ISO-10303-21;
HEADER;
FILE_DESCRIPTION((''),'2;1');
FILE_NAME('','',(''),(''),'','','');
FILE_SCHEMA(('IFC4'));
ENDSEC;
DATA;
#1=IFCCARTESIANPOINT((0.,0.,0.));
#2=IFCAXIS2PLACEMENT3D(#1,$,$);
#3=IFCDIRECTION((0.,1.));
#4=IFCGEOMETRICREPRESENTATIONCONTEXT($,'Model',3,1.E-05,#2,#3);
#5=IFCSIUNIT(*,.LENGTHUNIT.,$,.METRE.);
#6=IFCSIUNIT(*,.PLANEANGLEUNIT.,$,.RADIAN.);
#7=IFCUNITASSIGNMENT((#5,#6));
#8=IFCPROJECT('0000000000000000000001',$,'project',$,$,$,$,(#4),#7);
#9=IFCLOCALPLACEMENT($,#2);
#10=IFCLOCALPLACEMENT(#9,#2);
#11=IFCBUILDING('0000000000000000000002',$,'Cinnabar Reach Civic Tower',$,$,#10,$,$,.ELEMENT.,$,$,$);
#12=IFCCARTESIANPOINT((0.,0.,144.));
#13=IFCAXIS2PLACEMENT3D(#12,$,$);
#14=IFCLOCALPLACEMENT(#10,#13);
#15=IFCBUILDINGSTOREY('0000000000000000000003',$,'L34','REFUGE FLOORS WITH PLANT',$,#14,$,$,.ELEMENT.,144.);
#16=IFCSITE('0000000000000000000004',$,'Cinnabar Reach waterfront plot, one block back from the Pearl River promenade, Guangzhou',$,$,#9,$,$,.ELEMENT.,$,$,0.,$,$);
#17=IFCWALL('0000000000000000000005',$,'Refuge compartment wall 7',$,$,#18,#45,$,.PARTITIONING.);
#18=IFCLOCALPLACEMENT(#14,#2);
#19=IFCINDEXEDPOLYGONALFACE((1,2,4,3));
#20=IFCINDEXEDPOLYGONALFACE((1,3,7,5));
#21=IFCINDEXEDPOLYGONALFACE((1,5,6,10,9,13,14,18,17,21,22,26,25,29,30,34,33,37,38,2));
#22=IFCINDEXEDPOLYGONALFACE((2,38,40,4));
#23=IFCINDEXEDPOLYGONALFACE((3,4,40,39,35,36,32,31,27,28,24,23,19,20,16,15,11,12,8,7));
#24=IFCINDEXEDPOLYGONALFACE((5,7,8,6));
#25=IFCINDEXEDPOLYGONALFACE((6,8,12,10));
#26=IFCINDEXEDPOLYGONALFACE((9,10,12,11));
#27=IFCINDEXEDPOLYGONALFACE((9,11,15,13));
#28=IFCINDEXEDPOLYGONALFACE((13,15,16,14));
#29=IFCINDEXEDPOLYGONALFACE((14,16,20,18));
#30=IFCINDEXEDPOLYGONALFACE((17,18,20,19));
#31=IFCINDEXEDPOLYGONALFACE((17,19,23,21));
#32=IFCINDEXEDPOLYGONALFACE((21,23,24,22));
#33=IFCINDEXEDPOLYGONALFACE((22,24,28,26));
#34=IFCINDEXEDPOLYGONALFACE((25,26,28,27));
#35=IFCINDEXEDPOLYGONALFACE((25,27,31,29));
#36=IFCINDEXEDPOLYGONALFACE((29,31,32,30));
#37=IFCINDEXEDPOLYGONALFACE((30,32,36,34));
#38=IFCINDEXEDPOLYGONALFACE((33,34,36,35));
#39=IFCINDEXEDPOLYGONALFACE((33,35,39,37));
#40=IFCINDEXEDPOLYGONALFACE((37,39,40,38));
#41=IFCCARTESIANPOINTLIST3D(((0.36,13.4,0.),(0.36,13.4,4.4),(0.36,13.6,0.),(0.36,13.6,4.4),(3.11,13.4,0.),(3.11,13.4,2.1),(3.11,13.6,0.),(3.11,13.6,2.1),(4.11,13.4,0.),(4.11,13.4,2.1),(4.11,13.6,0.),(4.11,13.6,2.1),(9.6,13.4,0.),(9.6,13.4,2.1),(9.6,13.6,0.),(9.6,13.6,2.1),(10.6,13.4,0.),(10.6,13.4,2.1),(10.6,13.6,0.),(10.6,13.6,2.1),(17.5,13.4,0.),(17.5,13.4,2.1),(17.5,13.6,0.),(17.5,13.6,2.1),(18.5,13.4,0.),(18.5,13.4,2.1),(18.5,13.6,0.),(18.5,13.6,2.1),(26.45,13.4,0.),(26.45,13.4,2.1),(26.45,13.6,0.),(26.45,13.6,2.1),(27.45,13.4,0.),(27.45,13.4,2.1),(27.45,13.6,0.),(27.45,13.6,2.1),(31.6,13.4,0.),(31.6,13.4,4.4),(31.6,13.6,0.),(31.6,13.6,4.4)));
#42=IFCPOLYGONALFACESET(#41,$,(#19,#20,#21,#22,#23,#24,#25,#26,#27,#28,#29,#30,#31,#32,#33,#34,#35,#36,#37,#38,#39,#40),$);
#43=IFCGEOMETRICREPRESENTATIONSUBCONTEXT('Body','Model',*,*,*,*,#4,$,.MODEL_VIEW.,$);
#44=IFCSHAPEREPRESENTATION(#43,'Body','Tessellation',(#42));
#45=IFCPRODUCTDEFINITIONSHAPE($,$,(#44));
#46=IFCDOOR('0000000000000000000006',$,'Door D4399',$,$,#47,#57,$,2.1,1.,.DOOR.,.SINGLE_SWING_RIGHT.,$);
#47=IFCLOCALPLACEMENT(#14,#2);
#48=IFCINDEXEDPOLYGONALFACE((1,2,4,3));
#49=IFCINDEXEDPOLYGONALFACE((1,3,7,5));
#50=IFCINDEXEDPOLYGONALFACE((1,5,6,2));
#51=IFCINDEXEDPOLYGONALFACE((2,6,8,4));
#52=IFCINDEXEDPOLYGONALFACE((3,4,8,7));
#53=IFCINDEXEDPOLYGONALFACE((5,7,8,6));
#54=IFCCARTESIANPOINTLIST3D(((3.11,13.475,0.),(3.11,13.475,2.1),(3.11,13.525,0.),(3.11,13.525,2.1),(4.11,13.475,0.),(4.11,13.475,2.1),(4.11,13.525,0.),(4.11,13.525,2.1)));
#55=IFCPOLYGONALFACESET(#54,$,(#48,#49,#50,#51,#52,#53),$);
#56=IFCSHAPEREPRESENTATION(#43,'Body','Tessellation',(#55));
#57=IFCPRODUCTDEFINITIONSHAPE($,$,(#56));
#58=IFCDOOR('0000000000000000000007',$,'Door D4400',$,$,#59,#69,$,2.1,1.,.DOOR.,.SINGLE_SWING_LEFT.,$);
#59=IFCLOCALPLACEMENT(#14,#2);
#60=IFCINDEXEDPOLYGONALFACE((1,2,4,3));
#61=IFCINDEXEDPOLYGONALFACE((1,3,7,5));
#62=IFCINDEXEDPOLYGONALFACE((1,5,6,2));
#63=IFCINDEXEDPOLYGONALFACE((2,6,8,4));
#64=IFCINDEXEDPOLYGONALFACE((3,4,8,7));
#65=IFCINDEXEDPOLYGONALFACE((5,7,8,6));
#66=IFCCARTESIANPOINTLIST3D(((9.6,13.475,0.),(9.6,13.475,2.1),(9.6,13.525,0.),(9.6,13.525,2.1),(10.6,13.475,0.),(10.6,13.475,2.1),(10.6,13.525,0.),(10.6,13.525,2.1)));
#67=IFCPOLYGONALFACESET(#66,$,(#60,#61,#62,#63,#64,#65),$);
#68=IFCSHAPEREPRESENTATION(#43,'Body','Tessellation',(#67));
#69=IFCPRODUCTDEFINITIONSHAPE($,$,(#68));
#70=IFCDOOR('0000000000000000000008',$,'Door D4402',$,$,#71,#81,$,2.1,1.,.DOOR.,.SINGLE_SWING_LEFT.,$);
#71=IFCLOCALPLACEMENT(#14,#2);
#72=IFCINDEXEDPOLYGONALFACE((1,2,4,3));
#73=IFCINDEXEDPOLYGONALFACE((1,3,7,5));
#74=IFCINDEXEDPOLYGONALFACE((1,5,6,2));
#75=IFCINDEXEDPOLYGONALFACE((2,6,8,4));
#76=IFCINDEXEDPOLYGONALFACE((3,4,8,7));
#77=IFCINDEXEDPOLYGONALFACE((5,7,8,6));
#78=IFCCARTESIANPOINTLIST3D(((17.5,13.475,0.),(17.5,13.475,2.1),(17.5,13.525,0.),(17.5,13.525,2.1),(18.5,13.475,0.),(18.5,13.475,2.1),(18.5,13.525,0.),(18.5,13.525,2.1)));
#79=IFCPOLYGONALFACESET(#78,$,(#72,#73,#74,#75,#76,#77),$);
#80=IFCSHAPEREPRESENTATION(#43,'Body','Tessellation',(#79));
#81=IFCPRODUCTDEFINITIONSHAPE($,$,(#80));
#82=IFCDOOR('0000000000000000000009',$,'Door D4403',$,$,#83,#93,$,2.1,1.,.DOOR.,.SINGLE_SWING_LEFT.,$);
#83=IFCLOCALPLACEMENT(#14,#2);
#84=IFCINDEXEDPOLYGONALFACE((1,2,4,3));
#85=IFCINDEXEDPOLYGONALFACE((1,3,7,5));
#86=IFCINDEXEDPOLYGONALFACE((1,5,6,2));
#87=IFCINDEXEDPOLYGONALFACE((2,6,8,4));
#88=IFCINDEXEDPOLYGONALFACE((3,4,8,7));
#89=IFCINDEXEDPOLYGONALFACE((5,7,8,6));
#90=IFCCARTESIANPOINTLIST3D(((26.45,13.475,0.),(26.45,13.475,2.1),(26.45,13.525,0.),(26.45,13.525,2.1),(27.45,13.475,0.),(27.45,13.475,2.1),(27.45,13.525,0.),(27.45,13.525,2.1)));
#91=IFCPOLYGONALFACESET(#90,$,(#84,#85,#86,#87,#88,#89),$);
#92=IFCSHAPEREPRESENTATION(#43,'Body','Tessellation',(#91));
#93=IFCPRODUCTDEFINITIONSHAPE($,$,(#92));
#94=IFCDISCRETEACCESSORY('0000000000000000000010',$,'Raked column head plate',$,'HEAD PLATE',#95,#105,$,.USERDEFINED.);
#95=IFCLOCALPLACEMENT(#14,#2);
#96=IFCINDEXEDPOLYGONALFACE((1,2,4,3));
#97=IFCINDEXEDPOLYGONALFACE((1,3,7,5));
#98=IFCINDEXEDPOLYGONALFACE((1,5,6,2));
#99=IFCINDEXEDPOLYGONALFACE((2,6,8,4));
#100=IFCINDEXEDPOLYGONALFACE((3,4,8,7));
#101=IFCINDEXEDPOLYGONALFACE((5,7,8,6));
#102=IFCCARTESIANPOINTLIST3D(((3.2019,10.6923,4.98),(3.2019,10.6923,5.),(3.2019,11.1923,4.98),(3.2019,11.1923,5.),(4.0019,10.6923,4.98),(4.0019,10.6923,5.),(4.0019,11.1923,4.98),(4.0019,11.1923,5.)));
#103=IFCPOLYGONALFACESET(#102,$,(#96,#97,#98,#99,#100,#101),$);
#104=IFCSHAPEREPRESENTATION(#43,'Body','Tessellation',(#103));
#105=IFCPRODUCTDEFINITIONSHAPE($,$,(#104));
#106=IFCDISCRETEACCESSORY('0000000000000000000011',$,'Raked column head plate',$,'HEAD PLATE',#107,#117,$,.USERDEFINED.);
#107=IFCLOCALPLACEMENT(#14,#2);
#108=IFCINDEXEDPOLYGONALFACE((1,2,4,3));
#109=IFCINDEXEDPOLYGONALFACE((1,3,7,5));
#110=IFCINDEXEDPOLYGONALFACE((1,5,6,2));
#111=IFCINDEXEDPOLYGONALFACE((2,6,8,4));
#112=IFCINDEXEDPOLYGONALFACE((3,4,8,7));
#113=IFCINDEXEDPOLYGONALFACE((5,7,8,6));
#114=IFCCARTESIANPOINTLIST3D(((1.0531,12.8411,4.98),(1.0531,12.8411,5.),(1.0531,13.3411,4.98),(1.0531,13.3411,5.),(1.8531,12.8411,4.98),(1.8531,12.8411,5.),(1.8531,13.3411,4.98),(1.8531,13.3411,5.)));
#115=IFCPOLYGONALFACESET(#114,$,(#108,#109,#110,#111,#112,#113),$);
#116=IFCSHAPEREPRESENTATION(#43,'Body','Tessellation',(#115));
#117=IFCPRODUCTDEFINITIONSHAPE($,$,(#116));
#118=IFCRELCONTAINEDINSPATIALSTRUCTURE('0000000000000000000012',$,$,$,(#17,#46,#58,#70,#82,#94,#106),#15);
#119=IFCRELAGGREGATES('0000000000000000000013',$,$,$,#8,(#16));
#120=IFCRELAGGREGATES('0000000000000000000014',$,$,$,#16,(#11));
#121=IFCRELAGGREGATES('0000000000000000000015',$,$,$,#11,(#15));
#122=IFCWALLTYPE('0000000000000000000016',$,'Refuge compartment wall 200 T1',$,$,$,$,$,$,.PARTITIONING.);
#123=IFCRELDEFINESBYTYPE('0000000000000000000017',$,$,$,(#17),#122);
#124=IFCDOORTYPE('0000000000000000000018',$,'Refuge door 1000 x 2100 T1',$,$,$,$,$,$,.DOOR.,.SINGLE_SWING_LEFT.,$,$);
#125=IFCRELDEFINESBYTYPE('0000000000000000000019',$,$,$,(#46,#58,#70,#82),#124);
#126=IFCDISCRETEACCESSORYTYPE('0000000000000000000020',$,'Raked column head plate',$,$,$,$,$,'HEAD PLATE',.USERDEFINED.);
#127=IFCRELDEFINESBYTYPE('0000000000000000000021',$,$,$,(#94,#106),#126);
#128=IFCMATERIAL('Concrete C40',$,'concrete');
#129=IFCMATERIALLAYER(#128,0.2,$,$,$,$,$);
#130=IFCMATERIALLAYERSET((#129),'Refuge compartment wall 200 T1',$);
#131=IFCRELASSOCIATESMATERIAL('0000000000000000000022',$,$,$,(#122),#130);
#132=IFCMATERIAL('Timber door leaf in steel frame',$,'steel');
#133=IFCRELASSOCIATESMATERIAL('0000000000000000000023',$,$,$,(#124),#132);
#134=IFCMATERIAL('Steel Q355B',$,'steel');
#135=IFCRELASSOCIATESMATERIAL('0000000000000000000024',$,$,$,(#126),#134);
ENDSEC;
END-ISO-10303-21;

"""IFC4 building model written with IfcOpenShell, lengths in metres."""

from ifc_helpers import new_model, si_unit, direction, frame, frame_2d, origin, origin_2d, place, context, subcontext, project, spatial, rectangle, extrude, material, layer, layer_set, type_object, element, fill, save


model = new_model("IFC4")

# Units and contexts
model_context = context("Model", 3, precision=1e-05, world=origin(), true_north=direction((0.0, 1.0)))
body_context = subcontext(model_context, "Body", "Model", "MODEL_VIEW")
ifc_project = project(units=[si_unit("LENGTHUNIT", "METRE"), si_unit("PLANEANGLEUNIT", "RADIAN")], contexts=[model_context])

# Site, building, storey
site_placement = place(None, origin())
site = spatial("IfcSite", under=ifc_project, at=site_placement, Name="Cinnabar Reach waterfront plot, one block back from the Pearl River promenade, Guangzhou", CompositionType="ELEMENT", RefElevation=0.0)
building_placement = place(site_placement, origin())
building = spatial("IfcBuilding", under=site, at=building_placement, Name="Cinnabar Reach Civic Tower", CompositionType="ELEMENT")
storey_placement = place(building_placement, frame((0.0, 0.0, 144.0)))
storey = spatial("IfcBuildingStorey", under=building, at=storey_placement, Name="L34", Description="REFUGE FLOORS WITH PLANT", CompositionType="ELEMENT", Elevation=144.0)

# Shared definitions
ifc_material_1 = material(Name="Steel Q355B", Category="steel")

# Shared definitions
ifc_material_2 = material(Name="Concrete C40", Category="concrete")
ifc_layer_1 = layer(ifc_material_2, 0.2)
ifc_layer_set_1 = layer_set([ifc_layer_1], Name="Refuge compartment wall 200 T1")
wall_type_1 = type_object("IfcWallType", Name="Refuge compartment wall 200 T1", PredefinedType="PARTITIONING", material=ifc_layer_set_1)
ifc_material_3 = material(Name="Timber door leaf in steel frame", Category="steel")
door_type = type_object("IfcDoorType", Name="Refuge door 1000 x 2100 T1", OperationType="SINGLE_SWING_LEFT", PredefinedType="DOOR", material=ifc_material_3)

# Wall, openings, doors
wall_1_placement = place(storey_placement, frame((0.36, 13.5, 0.0), z_axis=(0.0, 0.0, 1.0), x_axis=(1.0, 0.0, 0.0)))
wall_1 = element("IfcWall", 1, at=wall_1_placement, inside=storey, type_object=wall_type_1, Name="Refuge compartment wall 7", PredefinedType="PARTITIONING", context=body_context, shape_type="SweptSolid", body=[
    extrude(rectangle(XDim=31.24, YDim=0.2, at=frame_2d((15.62, 0.0))), origin(), (0.0, 0.0, 1.0), 4.4),
])
opening_1_placement = place(wall_1_placement, frame((2.75, 0.0, 0.0)))
opening_1 = element("IfcOpeningElement", 2, at=opening_1_placement, cuts=wall_1, PredefinedType="OPENING", context=body_context, shape_type="SweptSolid", body=[
    extrude(rectangle(XDim=1.0, YDim=2.1, at=frame_2d((0.5, 1.05))), frame((0.0, 0.11, 0.0), z_axis=(0.0, -1.0, 0.0), x_axis=(1.0, 0.0, 0.0)), (0.0, 0.0, 1.0), 0.22),
])
opening_2_placement = place(wall_1_placement, frame((9.24, 0.0, 0.0)))
opening_2 = element("IfcOpeningElement", 3, at=opening_2_placement, cuts=wall_1, PredefinedType="OPENING", context=body_context, shape_type="SweptSolid", body=[
    extrude(rectangle(XDim=1.0, YDim=2.1, at=frame_2d((0.5, 1.05))), frame((0.0, 0.11, 0.0), z_axis=(0.0, -1.0, 0.0), x_axis=(1.0, 0.0, 0.0)), (0.0, 0.0, 1.0), 0.22),
])
opening_3_placement = place(wall_1_placement, frame((17.14, 0.0, 0.0)))
opening_3 = element("IfcOpeningElement", 4, at=opening_3_placement, cuts=wall_1, PredefinedType="OPENING", context=body_context, shape_type="SweptSolid", body=[
    extrude(rectangle(XDim=1.0, YDim=2.1, at=frame_2d((0.5, 1.05))), frame((0.0, 0.11, 0.0), z_axis=(0.0, -1.0, 0.0), x_axis=(1.0, 0.0, 0.0)), (0.0, 0.0, 1.0), 0.22),
])
opening_4_placement = place(wall_1_placement, frame((26.09, 0.0, 0.0)))
opening_4 = element("IfcOpeningElement", 5, at=opening_4_placement, cuts=wall_1, PredefinedType="OPENING", context=body_context, shape_type="SweptSolid", body=[
    extrude(rectangle(XDim=1.0, YDim=2.1, at=frame_2d((0.5, 1.05))), frame((0.0, 0.11, 0.0), z_axis=(0.0, -1.0, 0.0), x_axis=(1.0, 0.0, 0.0)), (0.0, 0.0, 1.0), 0.22),
])
door_1_placement = place(opening_1_placement, origin())
door_1 = element("IfcDoor", 6, at=door_1_placement, inside=storey, type_object=door_type, Name="Door D4399", OperationType="SINGLE_SWING_RIGHT", OverallHeight=2.1, OverallWidth=1.0, PredefinedType="DOOR", context=body_context, shape_type="SweptSolid", body=[
    extrude(rectangle(XDim=1.0, YDim=2.1, at=frame_2d((0.5, 1.05))), frame((0.0, 0.025, 0.0), z_axis=(0.0, -1.0, 0.0), x_axis=(1.0, 0.0, 0.0)), (0.0, 0.0, 1.0), 0.05),
])
fill(opening_1, door_1)
door_2_placement = place(opening_2_placement, origin())
door_2 = element("IfcDoor", 7, at=door_2_placement, inside=storey, type_object=door_type, Name="Door D4400", OperationType="SINGLE_SWING_LEFT", OverallHeight=2.1, OverallWidth=1.0, PredefinedType="DOOR", context=body_context, shape_type="SweptSolid", body=[
    extrude(rectangle(XDim=1.0, YDim=2.1, at=frame_2d((0.5, 1.05))), frame((0.0, 0.025, 0.0), z_axis=(0.0, -1.0, 0.0), x_axis=(1.0, 0.0, 0.0)), (0.0, 0.0, 1.0), 0.05),
])
fill(opening_2, door_2)
door_3_placement = place(opening_3_placement, origin())
door_3 = element("IfcDoor", 8, at=door_3_placement, inside=storey, type_object=door_type, Name="Door D4402", OperationType="SINGLE_SWING_LEFT", OverallHeight=2.1, OverallWidth=1.0, PredefinedType="DOOR", context=body_context, shape_type="SweptSolid", body=[
    extrude(rectangle(XDim=1.0, YDim=2.1, at=frame_2d((0.5, 1.05))), frame((0.0, 0.025, 0.0), z_axis=(0.0, -1.0, 0.0), x_axis=(1.0, 0.0, 0.0)), (0.0, 0.0, 1.0), 0.05),
])
fill(opening_3, door_3)
door_4_placement = place(opening_4_placement, origin())
door_4 = element("IfcDoor", 9, at=door_4_placement, inside=storey, type_object=door_type, Name="Door D4403", OperationType="SINGLE_SWING_LEFT", OverallHeight=2.1, OverallWidth=1.0, PredefinedType="DOOR", context=body_context, shape_type="SweptSolid", body=[
    extrude(rectangle(XDim=1.0, YDim=2.1, at=frame_2d((0.5, 1.05))), frame((0.0, 0.025, 0.0), z_axis=(0.0, -1.0, 0.0), x_axis=(1.0, 0.0, 0.0)), (0.0, 0.0, 1.0), 0.05),
])
fill(opening_4, door_4)

# Discrete accessories
discrete_accessory_type = type_object("IfcDiscreteAccessoryType", Name="Raked column head plate", ElementType="HEAD PLATE", PredefinedType="USERDEFINED", material=ifc_material_1)
for number, where, z_axis, x_axis, name in (
    (10, (3.6019, 10.9423, 4.98), (0.0, 0.0, 1.0), (0.0, 1.0, 0.0), "Raked column head plate"),
    (11, (1.4531, 13.0911, 4.98), (0.0, 0.0, 1.0), (0.0, 1.0, 0.0), "Raked column head plate"),
):
    element("IfcDiscreteAccessory", number, at=place(storey_placement, frame(where, z_axis=z_axis, x_axis=x_axis)), inside=storey, type_object=discrete_accessory_type, Name=name, ObjectType="HEAD PLATE", PredefinedType="USERDEFINED", context=body_context, shape_type="SweptSolid", body=[
        extrude(rectangle(XDim=0.5, YDim=0.8, at=origin_2d()), origin(), (0.0, 0.0, 1.0), 0.02),
    ])

save(model, "model.ifc")
